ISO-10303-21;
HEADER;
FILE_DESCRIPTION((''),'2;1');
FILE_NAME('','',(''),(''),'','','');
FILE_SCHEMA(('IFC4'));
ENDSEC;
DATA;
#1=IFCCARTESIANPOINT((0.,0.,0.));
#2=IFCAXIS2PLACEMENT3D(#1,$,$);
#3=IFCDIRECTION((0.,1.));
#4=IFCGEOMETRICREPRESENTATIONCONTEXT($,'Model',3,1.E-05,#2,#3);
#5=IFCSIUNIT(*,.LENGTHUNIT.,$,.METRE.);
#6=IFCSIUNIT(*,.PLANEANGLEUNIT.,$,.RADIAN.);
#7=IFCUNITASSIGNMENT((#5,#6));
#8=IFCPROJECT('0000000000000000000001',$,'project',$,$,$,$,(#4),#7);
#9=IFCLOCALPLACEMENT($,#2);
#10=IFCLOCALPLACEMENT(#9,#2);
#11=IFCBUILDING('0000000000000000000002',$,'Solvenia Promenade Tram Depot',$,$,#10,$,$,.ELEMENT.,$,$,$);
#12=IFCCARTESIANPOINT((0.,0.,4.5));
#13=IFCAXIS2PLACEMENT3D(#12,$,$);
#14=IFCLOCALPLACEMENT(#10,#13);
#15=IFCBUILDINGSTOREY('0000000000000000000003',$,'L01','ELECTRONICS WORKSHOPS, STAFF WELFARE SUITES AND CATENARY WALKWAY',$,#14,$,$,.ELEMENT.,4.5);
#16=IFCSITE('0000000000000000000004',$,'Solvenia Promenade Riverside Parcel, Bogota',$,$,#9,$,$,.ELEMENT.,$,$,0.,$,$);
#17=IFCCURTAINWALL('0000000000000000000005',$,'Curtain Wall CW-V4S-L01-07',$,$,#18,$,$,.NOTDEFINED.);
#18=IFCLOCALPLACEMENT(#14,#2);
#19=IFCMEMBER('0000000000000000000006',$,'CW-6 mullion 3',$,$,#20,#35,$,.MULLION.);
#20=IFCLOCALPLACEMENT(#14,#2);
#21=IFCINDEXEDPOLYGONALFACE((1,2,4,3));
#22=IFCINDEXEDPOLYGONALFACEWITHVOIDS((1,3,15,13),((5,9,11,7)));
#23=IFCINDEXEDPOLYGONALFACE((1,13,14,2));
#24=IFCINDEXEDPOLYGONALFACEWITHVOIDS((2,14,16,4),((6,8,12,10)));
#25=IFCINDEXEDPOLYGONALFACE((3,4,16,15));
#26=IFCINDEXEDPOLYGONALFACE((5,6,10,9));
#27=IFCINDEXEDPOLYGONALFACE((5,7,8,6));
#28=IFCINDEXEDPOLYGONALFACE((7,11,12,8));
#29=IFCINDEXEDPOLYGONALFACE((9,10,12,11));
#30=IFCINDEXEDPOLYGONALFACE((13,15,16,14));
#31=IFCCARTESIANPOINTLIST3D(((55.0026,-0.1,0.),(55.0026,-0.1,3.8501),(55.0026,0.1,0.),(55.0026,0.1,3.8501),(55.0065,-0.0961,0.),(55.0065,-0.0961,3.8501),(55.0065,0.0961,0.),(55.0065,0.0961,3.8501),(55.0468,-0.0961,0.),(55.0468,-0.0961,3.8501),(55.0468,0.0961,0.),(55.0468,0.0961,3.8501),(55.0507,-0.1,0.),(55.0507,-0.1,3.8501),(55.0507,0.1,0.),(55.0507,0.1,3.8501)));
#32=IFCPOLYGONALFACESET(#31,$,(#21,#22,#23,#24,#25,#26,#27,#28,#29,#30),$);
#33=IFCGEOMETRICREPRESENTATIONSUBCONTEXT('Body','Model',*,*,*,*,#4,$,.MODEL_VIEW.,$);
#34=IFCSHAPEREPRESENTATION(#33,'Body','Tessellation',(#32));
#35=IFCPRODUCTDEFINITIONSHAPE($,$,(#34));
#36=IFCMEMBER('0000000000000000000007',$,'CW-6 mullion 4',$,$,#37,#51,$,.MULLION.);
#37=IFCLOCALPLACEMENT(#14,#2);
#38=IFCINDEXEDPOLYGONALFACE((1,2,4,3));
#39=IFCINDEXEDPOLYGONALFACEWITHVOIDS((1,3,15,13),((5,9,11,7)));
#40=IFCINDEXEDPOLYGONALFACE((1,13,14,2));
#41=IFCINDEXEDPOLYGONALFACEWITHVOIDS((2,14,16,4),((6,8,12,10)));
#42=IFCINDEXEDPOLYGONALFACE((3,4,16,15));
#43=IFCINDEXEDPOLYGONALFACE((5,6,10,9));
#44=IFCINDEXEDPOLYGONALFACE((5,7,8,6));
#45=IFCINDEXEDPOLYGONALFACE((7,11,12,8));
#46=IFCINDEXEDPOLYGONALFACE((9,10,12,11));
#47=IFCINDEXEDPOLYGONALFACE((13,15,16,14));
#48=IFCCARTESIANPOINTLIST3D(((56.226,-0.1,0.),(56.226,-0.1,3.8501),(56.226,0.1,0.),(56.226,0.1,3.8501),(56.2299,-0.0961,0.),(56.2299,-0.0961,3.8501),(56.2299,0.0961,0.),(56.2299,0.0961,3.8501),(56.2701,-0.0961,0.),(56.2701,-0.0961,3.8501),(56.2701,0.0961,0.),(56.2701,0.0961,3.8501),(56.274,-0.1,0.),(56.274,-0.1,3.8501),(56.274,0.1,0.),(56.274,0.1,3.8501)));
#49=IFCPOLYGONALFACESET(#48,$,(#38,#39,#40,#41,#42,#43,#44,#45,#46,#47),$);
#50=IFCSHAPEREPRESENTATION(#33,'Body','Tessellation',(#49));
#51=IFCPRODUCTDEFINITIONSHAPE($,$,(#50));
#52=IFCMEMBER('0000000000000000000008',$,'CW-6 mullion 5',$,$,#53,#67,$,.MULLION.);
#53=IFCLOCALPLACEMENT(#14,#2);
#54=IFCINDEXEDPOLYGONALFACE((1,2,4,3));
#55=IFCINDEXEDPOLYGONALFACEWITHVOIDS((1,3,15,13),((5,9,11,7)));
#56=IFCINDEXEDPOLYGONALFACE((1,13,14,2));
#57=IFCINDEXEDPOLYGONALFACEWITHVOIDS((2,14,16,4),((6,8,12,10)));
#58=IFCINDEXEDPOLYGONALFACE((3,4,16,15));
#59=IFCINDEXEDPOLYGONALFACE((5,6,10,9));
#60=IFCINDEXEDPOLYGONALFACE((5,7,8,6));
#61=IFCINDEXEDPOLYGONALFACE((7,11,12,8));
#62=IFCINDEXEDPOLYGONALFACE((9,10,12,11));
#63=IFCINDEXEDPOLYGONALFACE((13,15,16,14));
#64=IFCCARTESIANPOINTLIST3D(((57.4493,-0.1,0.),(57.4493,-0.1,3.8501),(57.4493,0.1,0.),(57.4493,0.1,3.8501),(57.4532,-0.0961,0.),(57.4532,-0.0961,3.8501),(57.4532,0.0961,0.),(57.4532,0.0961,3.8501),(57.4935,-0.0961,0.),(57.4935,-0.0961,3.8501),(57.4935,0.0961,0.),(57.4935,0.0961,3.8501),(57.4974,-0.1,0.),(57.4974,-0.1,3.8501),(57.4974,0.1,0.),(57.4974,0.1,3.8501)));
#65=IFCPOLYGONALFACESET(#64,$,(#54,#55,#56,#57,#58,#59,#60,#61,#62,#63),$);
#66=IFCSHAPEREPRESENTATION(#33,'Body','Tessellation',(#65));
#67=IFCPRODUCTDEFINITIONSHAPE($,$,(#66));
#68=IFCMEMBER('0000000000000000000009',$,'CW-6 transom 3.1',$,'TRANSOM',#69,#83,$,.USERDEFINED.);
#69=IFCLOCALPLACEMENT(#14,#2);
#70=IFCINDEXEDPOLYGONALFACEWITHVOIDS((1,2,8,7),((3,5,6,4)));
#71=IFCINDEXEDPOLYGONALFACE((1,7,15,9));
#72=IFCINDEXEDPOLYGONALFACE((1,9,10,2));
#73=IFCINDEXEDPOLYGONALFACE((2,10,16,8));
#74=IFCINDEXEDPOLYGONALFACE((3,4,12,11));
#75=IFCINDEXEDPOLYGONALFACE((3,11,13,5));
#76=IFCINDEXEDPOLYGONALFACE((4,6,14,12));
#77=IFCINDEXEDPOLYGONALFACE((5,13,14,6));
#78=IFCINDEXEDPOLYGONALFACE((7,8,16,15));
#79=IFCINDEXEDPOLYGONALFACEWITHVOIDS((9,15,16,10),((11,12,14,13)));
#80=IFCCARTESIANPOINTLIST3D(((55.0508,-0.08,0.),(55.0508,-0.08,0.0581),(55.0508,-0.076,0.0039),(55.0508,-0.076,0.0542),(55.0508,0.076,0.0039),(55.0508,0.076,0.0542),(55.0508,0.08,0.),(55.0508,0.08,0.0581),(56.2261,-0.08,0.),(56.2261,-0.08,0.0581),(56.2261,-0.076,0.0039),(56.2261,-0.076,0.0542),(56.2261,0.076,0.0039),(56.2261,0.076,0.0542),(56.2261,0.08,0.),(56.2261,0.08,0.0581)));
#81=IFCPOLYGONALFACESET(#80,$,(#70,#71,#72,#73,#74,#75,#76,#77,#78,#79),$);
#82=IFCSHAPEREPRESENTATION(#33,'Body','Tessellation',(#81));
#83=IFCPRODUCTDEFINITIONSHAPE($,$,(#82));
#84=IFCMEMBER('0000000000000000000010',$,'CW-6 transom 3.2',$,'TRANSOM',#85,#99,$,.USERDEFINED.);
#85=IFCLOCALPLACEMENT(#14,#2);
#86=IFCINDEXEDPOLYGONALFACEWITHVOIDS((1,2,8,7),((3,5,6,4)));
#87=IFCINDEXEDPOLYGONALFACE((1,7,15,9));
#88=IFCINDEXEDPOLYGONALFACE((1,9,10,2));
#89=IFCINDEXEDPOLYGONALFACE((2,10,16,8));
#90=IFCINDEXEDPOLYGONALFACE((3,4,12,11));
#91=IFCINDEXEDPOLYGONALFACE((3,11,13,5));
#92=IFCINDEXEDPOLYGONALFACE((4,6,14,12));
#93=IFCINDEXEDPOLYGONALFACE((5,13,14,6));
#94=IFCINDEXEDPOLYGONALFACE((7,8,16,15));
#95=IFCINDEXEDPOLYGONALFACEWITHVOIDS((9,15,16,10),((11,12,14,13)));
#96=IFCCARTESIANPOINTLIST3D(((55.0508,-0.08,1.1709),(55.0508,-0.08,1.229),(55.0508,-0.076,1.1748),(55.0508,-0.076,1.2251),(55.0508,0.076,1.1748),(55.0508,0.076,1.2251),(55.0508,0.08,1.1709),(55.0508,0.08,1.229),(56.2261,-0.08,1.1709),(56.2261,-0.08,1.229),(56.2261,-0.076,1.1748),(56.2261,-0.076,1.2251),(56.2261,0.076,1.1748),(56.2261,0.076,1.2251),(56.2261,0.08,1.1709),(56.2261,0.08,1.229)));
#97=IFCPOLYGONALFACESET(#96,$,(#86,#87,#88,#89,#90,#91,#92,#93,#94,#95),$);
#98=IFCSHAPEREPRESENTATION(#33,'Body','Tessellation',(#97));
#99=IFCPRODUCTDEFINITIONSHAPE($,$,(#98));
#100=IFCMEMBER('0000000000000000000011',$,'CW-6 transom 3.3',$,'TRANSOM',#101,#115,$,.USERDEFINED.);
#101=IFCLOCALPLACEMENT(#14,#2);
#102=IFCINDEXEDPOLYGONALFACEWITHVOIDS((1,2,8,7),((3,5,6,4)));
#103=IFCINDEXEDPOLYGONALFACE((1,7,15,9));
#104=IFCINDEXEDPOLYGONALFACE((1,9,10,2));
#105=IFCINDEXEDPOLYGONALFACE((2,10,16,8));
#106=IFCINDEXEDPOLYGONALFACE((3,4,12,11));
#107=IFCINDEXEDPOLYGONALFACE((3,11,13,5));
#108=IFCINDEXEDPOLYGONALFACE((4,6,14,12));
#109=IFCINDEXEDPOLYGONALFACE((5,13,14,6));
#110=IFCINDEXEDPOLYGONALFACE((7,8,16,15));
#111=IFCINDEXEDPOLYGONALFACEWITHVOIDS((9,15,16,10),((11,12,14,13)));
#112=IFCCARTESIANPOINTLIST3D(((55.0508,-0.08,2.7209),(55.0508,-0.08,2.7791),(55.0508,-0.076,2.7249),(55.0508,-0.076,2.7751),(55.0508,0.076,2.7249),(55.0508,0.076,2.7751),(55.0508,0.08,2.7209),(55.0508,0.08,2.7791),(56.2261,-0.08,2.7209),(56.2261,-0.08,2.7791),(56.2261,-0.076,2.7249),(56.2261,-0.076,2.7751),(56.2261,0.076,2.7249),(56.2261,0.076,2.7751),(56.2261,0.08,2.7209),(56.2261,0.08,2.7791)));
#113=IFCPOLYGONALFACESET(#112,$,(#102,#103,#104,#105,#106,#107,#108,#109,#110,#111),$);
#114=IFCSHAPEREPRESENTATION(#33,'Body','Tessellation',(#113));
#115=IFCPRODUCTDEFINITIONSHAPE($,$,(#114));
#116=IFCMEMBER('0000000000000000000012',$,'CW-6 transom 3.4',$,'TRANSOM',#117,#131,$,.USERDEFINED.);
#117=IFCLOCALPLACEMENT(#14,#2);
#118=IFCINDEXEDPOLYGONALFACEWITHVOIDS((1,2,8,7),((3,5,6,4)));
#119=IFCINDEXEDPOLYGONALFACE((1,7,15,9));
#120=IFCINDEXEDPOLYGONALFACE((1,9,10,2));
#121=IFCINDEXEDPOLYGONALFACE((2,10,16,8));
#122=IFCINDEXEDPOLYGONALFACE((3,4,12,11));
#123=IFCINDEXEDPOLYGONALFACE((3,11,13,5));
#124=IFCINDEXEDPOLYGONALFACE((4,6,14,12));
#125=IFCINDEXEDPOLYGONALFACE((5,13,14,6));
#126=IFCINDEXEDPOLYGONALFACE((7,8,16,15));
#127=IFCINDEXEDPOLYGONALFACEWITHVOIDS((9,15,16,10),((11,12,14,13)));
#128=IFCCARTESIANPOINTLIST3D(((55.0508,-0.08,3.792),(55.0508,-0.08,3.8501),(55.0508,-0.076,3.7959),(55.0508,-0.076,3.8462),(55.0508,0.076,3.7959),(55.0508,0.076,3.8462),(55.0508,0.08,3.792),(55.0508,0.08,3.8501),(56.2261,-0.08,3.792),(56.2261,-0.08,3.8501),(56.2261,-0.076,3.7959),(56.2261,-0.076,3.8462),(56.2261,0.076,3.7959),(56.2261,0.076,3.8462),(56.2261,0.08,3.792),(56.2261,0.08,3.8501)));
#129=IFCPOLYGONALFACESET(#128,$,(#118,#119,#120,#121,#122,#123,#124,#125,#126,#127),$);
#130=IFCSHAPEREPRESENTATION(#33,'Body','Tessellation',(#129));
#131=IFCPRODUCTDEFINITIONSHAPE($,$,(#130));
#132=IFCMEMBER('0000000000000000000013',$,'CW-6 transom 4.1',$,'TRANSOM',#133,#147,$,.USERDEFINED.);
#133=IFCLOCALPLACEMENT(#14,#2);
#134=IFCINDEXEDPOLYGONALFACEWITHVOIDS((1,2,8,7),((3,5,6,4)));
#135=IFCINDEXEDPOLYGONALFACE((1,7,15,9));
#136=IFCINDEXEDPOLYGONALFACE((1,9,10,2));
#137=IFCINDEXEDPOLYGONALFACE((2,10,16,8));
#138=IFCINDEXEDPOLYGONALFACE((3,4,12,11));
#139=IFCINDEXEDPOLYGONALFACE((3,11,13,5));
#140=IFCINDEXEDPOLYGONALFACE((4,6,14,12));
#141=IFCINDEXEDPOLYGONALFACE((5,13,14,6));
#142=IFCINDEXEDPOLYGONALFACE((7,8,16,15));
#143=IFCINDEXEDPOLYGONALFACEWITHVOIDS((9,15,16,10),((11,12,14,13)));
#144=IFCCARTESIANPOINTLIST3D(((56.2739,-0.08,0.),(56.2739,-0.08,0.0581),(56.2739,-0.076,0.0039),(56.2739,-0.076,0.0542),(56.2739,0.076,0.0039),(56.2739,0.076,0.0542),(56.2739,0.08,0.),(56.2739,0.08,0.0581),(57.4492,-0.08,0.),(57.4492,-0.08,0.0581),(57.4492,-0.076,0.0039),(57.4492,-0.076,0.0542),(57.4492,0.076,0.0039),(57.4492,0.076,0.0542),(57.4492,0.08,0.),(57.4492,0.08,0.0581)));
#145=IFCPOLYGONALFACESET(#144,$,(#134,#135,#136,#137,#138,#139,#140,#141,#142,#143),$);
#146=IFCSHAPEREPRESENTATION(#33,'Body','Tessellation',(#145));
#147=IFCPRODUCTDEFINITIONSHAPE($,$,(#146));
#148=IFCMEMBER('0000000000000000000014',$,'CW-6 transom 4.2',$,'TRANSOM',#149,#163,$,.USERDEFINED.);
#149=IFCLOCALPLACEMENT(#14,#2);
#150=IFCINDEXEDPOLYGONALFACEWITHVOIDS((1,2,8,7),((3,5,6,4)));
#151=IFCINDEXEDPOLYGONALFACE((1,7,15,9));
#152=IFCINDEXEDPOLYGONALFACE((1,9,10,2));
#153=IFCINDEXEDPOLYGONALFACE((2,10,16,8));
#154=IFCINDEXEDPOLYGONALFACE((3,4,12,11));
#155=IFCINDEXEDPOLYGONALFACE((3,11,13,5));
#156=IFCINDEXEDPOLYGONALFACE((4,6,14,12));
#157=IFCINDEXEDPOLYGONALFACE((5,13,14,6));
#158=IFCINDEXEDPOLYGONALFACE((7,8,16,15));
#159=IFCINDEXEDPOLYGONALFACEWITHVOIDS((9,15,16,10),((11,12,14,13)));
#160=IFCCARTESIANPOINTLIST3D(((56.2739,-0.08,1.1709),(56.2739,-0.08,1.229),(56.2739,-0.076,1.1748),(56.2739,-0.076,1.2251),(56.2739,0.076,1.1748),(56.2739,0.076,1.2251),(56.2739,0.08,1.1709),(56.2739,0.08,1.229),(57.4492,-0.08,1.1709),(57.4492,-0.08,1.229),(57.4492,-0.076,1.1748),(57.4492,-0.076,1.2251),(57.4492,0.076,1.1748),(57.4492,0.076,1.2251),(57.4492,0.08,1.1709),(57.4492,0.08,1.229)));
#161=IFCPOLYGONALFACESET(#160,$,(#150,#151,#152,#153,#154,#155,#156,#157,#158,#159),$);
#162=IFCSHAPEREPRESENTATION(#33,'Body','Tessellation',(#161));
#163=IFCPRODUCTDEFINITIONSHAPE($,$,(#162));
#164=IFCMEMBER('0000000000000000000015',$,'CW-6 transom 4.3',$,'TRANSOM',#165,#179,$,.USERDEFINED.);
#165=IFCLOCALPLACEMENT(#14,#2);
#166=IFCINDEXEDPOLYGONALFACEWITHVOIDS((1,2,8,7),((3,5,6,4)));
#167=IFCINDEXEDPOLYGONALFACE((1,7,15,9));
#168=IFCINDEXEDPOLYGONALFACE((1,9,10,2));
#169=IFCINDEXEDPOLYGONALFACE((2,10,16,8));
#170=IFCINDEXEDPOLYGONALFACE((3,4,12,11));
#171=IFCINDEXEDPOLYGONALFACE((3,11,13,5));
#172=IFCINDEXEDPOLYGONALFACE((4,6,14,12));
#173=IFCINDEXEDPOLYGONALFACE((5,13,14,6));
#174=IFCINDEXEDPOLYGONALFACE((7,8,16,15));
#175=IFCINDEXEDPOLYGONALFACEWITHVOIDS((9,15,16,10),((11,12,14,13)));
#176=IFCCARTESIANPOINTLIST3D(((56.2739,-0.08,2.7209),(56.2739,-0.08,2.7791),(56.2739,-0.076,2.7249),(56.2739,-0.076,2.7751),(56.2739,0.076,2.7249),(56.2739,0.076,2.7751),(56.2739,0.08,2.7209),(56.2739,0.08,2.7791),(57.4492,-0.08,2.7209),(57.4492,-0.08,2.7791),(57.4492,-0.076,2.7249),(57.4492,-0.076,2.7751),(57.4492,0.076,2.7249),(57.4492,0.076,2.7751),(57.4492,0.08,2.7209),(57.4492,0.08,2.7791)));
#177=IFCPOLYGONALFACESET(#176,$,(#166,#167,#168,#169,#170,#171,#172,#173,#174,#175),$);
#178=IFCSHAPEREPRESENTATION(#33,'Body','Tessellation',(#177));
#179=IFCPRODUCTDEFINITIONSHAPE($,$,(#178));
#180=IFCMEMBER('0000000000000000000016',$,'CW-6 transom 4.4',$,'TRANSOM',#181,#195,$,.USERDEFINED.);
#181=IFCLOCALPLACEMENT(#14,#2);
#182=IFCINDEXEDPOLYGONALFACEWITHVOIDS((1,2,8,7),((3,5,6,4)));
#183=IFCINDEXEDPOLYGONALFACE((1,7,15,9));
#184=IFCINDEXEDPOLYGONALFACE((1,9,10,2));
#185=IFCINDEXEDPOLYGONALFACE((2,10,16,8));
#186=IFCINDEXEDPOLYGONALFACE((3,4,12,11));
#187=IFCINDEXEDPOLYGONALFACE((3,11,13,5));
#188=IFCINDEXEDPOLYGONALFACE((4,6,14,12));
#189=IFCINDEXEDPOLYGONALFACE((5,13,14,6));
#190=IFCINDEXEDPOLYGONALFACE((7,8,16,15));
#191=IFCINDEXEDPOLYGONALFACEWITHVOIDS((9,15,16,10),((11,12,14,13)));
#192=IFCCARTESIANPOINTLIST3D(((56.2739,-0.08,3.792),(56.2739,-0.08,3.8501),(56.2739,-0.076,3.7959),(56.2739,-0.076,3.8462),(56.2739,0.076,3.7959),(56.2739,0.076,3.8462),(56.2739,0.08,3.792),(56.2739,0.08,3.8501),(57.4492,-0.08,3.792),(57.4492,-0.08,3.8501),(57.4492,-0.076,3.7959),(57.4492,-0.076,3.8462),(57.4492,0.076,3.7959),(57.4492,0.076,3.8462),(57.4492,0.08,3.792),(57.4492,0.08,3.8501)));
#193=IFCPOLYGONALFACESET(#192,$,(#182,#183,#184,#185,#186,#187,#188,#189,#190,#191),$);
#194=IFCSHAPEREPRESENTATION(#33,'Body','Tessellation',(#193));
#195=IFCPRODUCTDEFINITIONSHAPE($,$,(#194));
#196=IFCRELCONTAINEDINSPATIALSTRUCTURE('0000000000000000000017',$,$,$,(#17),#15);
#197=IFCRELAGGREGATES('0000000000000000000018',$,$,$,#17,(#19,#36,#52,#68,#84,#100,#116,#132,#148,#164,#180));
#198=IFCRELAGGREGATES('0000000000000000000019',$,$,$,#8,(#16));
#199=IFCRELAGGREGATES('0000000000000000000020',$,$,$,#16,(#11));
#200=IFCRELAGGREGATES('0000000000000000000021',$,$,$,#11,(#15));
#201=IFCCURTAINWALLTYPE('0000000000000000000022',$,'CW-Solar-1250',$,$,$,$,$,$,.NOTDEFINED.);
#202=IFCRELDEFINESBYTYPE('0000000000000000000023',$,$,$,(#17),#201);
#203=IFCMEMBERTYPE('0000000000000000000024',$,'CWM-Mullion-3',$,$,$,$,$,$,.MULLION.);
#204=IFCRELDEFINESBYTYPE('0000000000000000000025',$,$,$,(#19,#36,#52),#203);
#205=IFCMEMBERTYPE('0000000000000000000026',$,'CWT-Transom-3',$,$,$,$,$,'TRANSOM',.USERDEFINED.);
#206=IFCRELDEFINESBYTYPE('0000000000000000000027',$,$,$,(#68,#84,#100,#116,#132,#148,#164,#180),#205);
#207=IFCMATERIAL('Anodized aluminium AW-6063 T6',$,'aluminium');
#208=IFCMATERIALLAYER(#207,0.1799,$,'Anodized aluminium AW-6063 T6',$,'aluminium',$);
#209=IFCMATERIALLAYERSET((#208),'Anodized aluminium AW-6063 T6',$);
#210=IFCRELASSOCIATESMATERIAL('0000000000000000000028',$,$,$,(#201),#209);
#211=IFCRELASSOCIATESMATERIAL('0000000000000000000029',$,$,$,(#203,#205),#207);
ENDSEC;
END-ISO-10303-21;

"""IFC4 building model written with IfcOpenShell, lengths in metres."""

from ifc_helpers import new_model, si_unit, direction, frame, origin, origin_2d, place, context, subcontext, project, spatial, hollow_rectangle, extrude, material, layer, layer_set, material_profile, profile_set, type_object, element, aggregate, save


model = new_model("IFC4")

# Units and contexts
model_context = context("Model", 3, precision=1e-05, world=origin(), true_north=direction((0.0, 1.0)))
body_context = subcontext(model_context, "Body", "Model", "MODEL_VIEW")
ifc_project = project(units=[si_unit("LENGTHUNIT", "METRE"), si_unit("PLANEANGLEUNIT", "RADIAN")], contexts=[model_context])

# Site, building, storey
site_placement = place(None, origin())
site = spatial("IfcSite", under=ifc_project, at=site_placement, Name="Solvenia Promenade Riverside Parcel, Bogota", CompositionType="ELEMENT", RefElevation=0.0)
building_placement = place(site_placement, origin())
building = spatial("IfcBuilding", under=site, at=building_placement, Name="Solvenia Promenade Tram Depot", CompositionType="ELEMENT")
storey_placement = place(building_placement, frame((0.0, 0.0, 4.5)))
storey = spatial("IfcBuildingStorey", under=building, at=storey_placement, Name="L01", Description="ELECTRONICS WORKSHOPS, STAFF WELFARE SUITES AND CATENARY WALKWAY", CompositionType="ELEMENT", Elevation=4.5)

# Curtain wall, members
ifc_material_1 = material(Name="Anodized aluminium AW-6063 T6", Category="aluminium")
ifc_layer_1 = layer(ifc_material_1, 0.1799, Name="Anodized aluminium AW-6063 T6", Category="aluminium")
ifc_layer_set_1 = layer_set([ifc_layer_1], Name="Anodized aluminium AW-6063 T6")
curtain_wall_type = type_object("IfcCurtainWallType", Name="CW-Solar-1250", PredefinedType="NOTDEFINED", material=ifc_layer_set_1)
curtain_wall_placement = place(storey_placement, origin())
curtain_wall = element("IfcCurtainWall", 1, at=curtain_wall_placement, inside=storey, type_object=curtain_wall_type, Name="Curtain Wall CW-V4S-L01-07", PredefinedType="NOTDEFINED")
ifc_material_profile_1 = material_profile(ifc_material_1, hollow_rectangle(XDim=0.2, YDim=0.0481, WallThickness=0.0039, at=origin_2d()), Name="ALU-M3", Category="aluminium")
ifc_profile_set_1 = profile_set([ifc_material_profile_1], Name="Anodized aluminium AW-6063 T6")
member_type_1 = type_object("IfcMemberType", Name="CWM-Mullion-3", PredefinedType="MULLION", material=ifc_profile_set_1)
member_1_placement = place(storey_placement, frame((55.0266, 0.0, 0.0), z_axis=(0.0, 0.0, 1.0), x_axis=(0.0, 1.0, 0.0)))
member_1 = element("IfcMember", 2, at=member_1_placement, type_object=member_type_1, Name="CW-6 mullion 3", PredefinedType="MULLION", context=body_context, shape_type="SweptSolid", body=[
    extrude(hollow_rectangle(XDim=0.2, YDim=0.0481, WallThickness=0.0039, at=origin_2d()), origin(), (0.0, 0.0, 1.0), 3.8501),
])
member_2_placement = place(storey_placement, frame((56.25, 0.0, 0.0), z_axis=(0.0, 0.0, 1.0), x_axis=(0.0, 1.0, 0.0)))
member_2 = element("IfcMember", 3, at=member_2_placement, type_object=member_type_1, Name="CW-6 mullion 4", PredefinedType="MULLION", context=body_context, shape_type="SweptSolid", body=[
    extrude(hollow_rectangle(XDim=0.2, YDim=0.0481, WallThickness=0.0039, at=origin_2d()), origin(), (0.0, 0.0, 1.0), 3.8501),
])
member_3_placement = place(storey_placement, frame((57.4734, 0.0, 0.0), z_axis=(0.0, 0.0, 1.0), x_axis=(0.0, 1.0, 0.0)))
member_3 = element("IfcMember", 4, at=member_3_placement, type_object=member_type_1, Name="CW-6 mullion 5", PredefinedType="MULLION", context=body_context, shape_type="SweptSolid", body=[
    extrude(hollow_rectangle(XDim=0.2, YDim=0.0481, WallThickness=0.0039, at=origin_2d()), origin(), (0.0, 0.0, 1.0), 3.8501),
])
ifc_material_profile_2 = material_profile(ifc_material_1, hollow_rectangle(XDim=0.1599, YDim=0.0581, WallThickness=0.0039, at=origin_2d()), Name="ALU-T3", Category="aluminium")
ifc_profile_set_2 = profile_set([ifc_material_profile_2], Name="Anodized aluminium AW-6063 T6")
member_type_2 = type_object("IfcMemberType", Name="CWT-Transom-3", ElementType="TRANSOM", PredefinedType="USERDEFINED", material=ifc_profile_set_2)
member_4_placement = place(storey_placement, frame((55.0508, 0.0, 0.0291), z_axis=(1.0, 0.0, 0.0), x_axis=(0.0, 1.0, 0.0)))
member_4 = element("IfcMember", 5, at=member_4_placement, type_object=member_type_2, Name="CW-6 transom 3.1", ObjectType="TRANSOM", PredefinedType="USERDEFINED", context=body_context, shape_type="SweptSolid", body=[
    extrude(hollow_rectangle(XDim=0.1599, YDim=0.0581, WallThickness=0.0039, at=origin_2d()), origin(), (0.0, 0.0, 1.0), 1.1753),
])
member_5_placement = place(storey_placement, frame((55.0508, 0.0, 1.2), z_axis=(1.0, 0.0, 0.0), x_axis=(0.0, 1.0, 0.0)))
member_5 = element("IfcMember", 6, at=member_5_placement, type_object=member_type_2, Name="CW-6 transom 3.2", ObjectType="TRANSOM", PredefinedType="USERDEFINED", context=body_context, shape_type="SweptSolid", body=[
    extrude(hollow_rectangle(XDim=0.1599, YDim=0.0581, WallThickness=0.0039, at=origin_2d()), origin(), (0.0, 0.0, 1.0), 1.1753),
])
member_6_placement = place(storey_placement, frame((55.0508, 0.0, 2.75), z_axis=(1.0, 0.0, 0.0), x_axis=(0.0, 1.0, 0.0)))
member_6 = element("IfcMember", 7, at=member_6_placement, type_object=member_type_2, Name="CW-6 transom 3.3", ObjectType="TRANSOM", PredefinedType="USERDEFINED", context=body_context, shape_type="SweptSolid", body=[
    extrude(hollow_rectangle(XDim=0.1599, YDim=0.0581, WallThickness=0.0039, at=origin_2d()), origin(), (0.0, 0.0, 1.0), 1.1753),
])
member_7_placement = place(storey_placement, frame((55.0508, 0.0, 3.821), z_axis=(1.0, 0.0, 0.0), x_axis=(0.0, 1.0, 0.0)))
member_7 = element("IfcMember", 8, at=member_7_placement, type_object=member_type_2, Name="CW-6 transom 3.4", ObjectType="TRANSOM", PredefinedType="USERDEFINED", context=body_context, shape_type="SweptSolid", body=[
    extrude(hollow_rectangle(XDim=0.1599, YDim=0.0581, WallThickness=0.0039, at=origin_2d()), origin(), (0.0, 0.0, 1.0), 1.1753),
])
member_8_placement = place(storey_placement, frame((56.2739, 0.0, 0.0291), z_axis=(1.0, 0.0, 0.0), x_axis=(0.0, 1.0, 0.0)))
member_8 = element("IfcMember", 9, at=member_8_placement, type_object=member_type_2, Name="CW-6 transom 4.1", ObjectType="TRANSOM", PredefinedType="USERDEFINED", context=body_context, shape_type="SweptSolid", body=[
    extrude(hollow_rectangle(XDim=0.1599, YDim=0.0581, WallThickness=0.0039, at=origin_2d()), origin(), (0.0, 0.0, 1.0), 1.1753),
])
member_9_placement = place(storey_placement, frame((56.2739, 0.0, 1.2), z_axis=(1.0, 0.0, 0.0), x_axis=(0.0, 1.0, 0.0)))
member_9 = element("IfcMember", 10, at=member_9_placement, type_object=member_type_2, Name="CW-6 transom 4.2", ObjectType="TRANSOM", PredefinedType="USERDEFINED", context=body_context, shape_type="SweptSolid", body=[
    extrude(hollow_rectangle(XDim=0.1599, YDim=0.0581, WallThickness=0.0039, at=origin_2d()), origin(), (0.0, 0.0, 1.0), 1.1753),
])
member_10_placement = place(storey_placement, frame((56.2739, 0.0, 2.75), z_axis=(1.0, 0.0, 0.0), x_axis=(0.0, 1.0, 0.0)))
member_10 = element("IfcMember", 11, at=member_10_placement, type_object=member_type_2, Name="CW-6 transom 4.3", ObjectType="TRANSOM", PredefinedType="USERDEFINED", context=body_context, shape_type="SweptSolid", body=[
    extrude(hollow_rectangle(XDim=0.1599, YDim=0.0581, WallThickness=0.0039, at=origin_2d()), origin(), (0.0, 0.0, 1.0), 1.1753),
])
member_11_placement = place(storey_placement, frame((56.2739, 0.0, 3.821), z_axis=(1.0, 0.0, 0.0), x_axis=(0.0, 1.0, 0.0)))
member_11 = element("IfcMember", 12, at=member_11_placement, type_object=member_type_2, Name="CW-6 transom 4.4", ObjectType="TRANSOM", PredefinedType="USERDEFINED", context=body_context, shape_type="SweptSolid", body=[
    extrude(hollow_rectangle(XDim=0.1599, YDim=0.0581, WallThickness=0.0039, at=origin_2d()), origin(), (0.0, 0.0, 1.0), 1.1753),
])
aggregate(curtain_wall, [member_1, member_2, member_3, member_4, member_5, member_6, member_7, member_8, member_9, member_10, member_11])

save(model, "model.ifc")
